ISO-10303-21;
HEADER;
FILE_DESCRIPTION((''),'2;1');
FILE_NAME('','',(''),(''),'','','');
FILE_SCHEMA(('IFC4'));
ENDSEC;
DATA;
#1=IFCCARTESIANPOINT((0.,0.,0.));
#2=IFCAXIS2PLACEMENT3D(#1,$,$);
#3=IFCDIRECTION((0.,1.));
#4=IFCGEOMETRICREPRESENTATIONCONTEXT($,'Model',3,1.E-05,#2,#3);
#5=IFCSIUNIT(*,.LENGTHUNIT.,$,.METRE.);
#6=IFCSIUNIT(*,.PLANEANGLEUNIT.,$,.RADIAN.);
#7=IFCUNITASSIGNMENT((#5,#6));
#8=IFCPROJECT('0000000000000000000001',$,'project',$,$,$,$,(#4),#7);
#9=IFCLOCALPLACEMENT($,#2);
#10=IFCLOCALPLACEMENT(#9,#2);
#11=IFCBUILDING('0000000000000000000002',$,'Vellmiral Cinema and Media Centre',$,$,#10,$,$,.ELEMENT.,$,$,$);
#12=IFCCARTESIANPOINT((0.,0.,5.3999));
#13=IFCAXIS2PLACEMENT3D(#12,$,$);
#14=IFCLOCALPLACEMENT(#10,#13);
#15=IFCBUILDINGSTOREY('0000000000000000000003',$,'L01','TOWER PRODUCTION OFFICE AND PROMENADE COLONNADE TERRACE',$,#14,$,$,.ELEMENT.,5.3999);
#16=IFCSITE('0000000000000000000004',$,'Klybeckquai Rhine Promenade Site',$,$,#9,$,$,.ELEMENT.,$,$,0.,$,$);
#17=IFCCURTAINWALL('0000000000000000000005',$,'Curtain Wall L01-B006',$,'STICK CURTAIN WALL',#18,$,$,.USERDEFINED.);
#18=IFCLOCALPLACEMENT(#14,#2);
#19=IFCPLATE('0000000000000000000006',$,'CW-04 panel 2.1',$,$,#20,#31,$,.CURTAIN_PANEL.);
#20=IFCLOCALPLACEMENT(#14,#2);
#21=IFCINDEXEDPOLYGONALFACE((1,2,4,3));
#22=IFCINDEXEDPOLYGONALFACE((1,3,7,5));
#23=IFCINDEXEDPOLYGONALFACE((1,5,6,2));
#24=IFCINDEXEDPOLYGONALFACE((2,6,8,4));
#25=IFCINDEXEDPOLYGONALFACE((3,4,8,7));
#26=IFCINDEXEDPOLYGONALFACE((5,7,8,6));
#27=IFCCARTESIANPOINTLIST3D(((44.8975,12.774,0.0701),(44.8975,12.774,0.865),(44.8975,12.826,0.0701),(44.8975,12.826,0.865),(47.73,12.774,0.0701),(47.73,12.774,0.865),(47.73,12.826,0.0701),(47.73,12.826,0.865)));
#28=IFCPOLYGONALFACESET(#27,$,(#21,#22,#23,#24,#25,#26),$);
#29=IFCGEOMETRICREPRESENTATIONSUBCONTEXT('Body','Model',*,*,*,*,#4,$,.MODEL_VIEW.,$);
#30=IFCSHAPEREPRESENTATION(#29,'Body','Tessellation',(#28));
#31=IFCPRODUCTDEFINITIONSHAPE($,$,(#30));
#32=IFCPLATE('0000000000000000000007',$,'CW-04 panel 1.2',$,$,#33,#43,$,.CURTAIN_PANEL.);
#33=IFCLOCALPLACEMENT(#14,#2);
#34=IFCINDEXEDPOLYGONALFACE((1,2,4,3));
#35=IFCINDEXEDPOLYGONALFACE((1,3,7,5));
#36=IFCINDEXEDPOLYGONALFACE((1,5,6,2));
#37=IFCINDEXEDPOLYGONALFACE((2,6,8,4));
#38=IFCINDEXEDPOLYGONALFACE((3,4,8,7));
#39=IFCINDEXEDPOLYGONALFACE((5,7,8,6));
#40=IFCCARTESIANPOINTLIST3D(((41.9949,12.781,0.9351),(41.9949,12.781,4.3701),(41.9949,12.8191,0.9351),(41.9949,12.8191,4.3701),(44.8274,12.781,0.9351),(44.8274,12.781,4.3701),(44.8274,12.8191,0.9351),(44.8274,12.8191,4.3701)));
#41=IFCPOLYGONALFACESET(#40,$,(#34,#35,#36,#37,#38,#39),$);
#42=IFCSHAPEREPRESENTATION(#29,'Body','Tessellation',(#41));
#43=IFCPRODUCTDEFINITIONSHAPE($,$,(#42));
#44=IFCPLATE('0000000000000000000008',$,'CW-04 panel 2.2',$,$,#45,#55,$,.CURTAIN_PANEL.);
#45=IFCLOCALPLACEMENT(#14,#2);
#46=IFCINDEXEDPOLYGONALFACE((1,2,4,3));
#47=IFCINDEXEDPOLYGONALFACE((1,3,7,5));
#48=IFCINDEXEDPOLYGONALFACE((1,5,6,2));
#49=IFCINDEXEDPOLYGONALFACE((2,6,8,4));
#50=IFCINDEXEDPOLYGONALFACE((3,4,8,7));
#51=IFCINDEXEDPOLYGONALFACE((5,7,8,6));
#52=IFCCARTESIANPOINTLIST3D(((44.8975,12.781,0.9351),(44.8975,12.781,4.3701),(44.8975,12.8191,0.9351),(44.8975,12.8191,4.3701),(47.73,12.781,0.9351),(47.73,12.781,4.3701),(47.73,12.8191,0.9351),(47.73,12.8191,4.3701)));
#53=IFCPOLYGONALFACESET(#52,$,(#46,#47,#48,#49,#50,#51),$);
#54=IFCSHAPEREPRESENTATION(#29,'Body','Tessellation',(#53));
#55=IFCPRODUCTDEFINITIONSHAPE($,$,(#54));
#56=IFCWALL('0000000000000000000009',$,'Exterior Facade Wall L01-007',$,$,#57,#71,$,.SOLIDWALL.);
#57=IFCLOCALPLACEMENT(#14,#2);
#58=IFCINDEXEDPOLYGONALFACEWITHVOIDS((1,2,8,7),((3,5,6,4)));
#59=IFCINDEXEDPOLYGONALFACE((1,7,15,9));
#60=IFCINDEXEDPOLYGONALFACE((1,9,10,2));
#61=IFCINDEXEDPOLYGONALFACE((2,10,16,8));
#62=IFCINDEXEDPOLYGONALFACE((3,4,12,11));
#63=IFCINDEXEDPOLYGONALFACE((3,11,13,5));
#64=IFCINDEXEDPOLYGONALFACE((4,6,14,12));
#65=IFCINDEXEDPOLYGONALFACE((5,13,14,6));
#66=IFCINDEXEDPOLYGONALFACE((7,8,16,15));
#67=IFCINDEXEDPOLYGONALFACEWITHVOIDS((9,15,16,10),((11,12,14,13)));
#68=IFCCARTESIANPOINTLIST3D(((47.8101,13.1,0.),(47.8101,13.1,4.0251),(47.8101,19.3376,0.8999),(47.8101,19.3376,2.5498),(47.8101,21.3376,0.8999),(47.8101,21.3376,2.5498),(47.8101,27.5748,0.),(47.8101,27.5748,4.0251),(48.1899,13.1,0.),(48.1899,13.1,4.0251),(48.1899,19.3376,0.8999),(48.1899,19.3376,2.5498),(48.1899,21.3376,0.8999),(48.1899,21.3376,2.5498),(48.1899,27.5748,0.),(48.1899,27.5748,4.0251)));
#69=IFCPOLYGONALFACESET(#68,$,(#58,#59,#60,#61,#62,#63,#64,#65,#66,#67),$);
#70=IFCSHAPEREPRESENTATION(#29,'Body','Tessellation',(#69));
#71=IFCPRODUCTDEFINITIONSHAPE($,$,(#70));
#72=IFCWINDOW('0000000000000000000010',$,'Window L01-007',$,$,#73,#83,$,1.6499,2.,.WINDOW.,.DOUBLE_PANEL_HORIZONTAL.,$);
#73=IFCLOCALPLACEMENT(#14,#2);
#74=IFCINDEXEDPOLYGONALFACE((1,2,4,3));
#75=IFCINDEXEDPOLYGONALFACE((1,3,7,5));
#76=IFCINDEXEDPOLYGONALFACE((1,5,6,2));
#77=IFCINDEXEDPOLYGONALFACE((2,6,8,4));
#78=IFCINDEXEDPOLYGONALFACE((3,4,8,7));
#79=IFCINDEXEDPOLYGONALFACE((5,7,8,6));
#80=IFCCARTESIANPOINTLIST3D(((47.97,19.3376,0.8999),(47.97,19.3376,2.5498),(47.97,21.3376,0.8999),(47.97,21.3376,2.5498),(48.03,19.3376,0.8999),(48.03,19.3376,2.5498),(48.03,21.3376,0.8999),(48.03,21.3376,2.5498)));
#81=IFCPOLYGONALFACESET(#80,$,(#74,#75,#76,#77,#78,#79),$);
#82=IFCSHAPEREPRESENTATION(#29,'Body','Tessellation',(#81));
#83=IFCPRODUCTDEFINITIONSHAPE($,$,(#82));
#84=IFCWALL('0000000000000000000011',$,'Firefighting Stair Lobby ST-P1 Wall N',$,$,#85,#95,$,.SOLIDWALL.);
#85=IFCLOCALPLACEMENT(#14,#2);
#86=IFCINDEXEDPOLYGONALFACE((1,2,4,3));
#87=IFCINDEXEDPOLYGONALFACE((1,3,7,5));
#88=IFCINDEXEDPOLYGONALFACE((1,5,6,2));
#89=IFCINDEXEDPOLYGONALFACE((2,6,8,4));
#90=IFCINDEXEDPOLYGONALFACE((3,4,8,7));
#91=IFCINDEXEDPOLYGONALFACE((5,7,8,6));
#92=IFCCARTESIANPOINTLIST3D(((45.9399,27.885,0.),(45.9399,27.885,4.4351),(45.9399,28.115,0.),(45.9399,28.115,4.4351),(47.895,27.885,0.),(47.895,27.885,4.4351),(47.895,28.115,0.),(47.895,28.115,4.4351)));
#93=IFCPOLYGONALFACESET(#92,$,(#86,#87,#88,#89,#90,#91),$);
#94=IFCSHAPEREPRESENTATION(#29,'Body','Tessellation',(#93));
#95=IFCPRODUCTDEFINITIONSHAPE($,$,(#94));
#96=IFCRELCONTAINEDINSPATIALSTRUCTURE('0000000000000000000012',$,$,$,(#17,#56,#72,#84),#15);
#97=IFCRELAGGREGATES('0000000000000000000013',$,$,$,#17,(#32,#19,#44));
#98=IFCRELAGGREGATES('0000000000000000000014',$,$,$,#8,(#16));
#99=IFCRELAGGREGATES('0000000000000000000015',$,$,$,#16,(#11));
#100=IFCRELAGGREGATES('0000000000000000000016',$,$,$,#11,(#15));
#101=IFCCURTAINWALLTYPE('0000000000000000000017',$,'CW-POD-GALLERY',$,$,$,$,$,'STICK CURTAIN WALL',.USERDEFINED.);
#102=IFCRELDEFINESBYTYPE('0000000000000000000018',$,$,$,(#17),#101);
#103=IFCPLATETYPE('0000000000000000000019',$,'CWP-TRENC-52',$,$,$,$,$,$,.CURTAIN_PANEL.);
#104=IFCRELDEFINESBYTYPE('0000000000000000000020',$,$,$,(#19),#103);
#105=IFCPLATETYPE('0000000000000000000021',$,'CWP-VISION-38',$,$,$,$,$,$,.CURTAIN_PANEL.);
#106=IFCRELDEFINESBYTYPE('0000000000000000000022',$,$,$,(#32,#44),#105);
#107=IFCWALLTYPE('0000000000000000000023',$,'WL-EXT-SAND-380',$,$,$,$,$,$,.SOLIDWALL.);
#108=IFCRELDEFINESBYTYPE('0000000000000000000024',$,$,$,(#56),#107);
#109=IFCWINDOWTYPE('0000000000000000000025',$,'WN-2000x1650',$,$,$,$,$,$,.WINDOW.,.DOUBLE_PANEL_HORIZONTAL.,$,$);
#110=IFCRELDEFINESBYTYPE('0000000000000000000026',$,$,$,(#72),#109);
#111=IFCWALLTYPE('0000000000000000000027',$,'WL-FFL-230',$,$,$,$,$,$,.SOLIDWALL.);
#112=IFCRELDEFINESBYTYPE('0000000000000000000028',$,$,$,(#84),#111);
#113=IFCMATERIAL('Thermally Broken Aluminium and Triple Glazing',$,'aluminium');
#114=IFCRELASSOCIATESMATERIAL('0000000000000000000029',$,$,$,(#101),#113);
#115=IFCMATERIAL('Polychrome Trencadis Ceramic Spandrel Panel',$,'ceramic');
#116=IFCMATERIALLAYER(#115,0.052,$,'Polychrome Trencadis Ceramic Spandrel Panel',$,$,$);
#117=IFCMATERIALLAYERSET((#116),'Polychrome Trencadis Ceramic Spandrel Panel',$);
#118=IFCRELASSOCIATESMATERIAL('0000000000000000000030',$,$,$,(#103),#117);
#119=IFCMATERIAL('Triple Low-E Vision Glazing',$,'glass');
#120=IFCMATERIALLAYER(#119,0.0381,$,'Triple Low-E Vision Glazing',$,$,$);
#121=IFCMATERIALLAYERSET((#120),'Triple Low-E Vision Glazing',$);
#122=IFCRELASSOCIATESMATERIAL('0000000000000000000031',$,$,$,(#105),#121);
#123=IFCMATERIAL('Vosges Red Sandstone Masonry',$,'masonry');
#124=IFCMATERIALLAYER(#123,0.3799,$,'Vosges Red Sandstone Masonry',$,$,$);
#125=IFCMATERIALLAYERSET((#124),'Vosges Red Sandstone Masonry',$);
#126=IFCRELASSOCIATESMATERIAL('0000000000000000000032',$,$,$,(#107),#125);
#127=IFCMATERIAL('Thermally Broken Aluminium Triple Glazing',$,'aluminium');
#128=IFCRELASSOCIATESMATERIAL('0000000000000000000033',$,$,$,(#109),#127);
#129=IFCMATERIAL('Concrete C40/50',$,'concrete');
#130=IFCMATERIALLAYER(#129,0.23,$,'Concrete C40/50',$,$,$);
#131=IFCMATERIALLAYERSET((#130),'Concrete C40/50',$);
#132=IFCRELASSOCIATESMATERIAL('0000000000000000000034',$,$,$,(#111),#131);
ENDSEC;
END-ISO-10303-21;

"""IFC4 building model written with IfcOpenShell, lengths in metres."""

from ifc_helpers import new_model, si_unit, direction, frame, frame_2d, origin, origin_2d, place, context, subcontext, project, spatial, rectangle, extrude, material, layer, layer_set, type_object, element, fill, aggregate, save


model = new_model("IFC4")

# Units and contexts
model_context = context("Model", 3, precision=1e-05, world=origin(), true_north=direction((0.0, 1.0)))
body_context = subcontext(model_context, "Body", "Model", "MODEL_VIEW")
ifc_project = project(units=[si_unit("LENGTHUNIT", "METRE"), si_unit("PLANEANGLEUNIT", "RADIAN")], contexts=[model_context])

# Site, building, storey
site_placement = place(None, origin())
site = spatial("IfcSite", under=ifc_project, at=site_placement, Name="Klybeckquai Rhine Promenade Site", CompositionType="ELEMENT", RefElevation=0.0)
building_placement = place(site_placement, origin())
building = spatial("IfcBuilding", under=site, at=building_placement, Name="Vellmiral Cinema and Media Centre", CompositionType="ELEMENT")
storey_placement = place(building_placement, frame((0.0, 0.0, 5.3999)))
storey = spatial("IfcBuildingStorey", under=building, at=storey_placement, Name="L01", Description="TOWER PRODUCTION OFFICE AND PROMENADE COLONNADE TERRACE", CompositionType="ELEMENT", Elevation=5.3999)

# Curtain wall
ifc_material_1 = material(Name="Thermally Broken Aluminium and Triple Glazing", Category="aluminium")
curtain_wall_type = type_object("IfcCurtainWallType", Name="CW-POD-GALLERY", ElementType="STICK CURTAIN WALL", PredefinedType="USERDEFINED", material=ifc_material_1)
curtain_wall_placement = place(storey_placement, origin())
curtain_wall = element("IfcCurtainWall", 1, at=curtain_wall_placement, inside=storey, type_object=curtain_wall_type, Name="Curtain Wall L01-B006", ObjectType="STICK CURTAIN WALL", PredefinedType="USERDEFINED")

# Plates
ifc_material_2 = material(Name="Polychrome Trencadis Ceramic Spandrel Panel", Category="ceramic")
ifc_layer_1 = layer(ifc_material_2, 0.052, Name="Polychrome Trencadis Ceramic Spandrel Panel")
ifc_layer_set_1 = layer_set([ifc_layer_1], Name="Polychrome Trencadis Ceramic Spandrel Panel")
plate_type_1 = type_object("IfcPlateType", Name="CWP-TRENC-52", PredefinedType="CURTAIN_PANEL", material=ifc_layer_set_1)
plate_1_placement = place(storey_placement, frame((46.3137, 12.8, 0.0701), z_axis=(0.0, 0.0, 1.0), x_axis=(1.0, 0.0, 0.0)))
plate_1 = element("IfcPlate", 2, at=plate_1_placement, type_object=plate_type_1, Name="CW-04 panel 2.1", PredefinedType="CURTAIN_PANEL", context=body_context, shape_type="SweptSolid", body=[
    extrude(rectangle(XDim=2.8325, YDim=0.052, at=origin_2d()), origin(), (0.0, 0.0, 1.0), 0.7949),
])
ifc_material_3 = material(Name="Triple Low-E Vision Glazing", Category="glass")
ifc_layer_2 = layer(ifc_material_3, 0.0381, Name="Triple Low-E Vision Glazing")
ifc_layer_set_2 = layer_set([ifc_layer_2], Name="Triple Low-E Vision Glazing")
plate_type_2 = type_object("IfcPlateType", Name="CWP-VISION-38", PredefinedType="CURTAIN_PANEL", material=ifc_layer_set_2)
plate_2_placement = place(storey_placement, frame((43.4111, 12.8, 0.9351), z_axis=(0.0, 0.0, 1.0), x_axis=(1.0, 0.0, 0.0)))
plate_2 = element("IfcPlate", 3, at=plate_2_placement, type_object=plate_type_2, Name="CW-04 panel 1.2", PredefinedType="CURTAIN_PANEL", context=body_context, shape_type="SweptSolid", body=[
    extrude(rectangle(XDim=2.8325, YDim=0.0381, at=origin_2d()), origin(), (0.0, 0.0, 1.0), 3.4351),
])
plate_3_placement = place(storey_placement, frame((46.3137, 12.8, 0.9351), z_axis=(0.0, 0.0, 1.0), x_axis=(1.0, 0.0, 0.0)))
plate_3 = element("IfcPlate", 4, at=plate_3_placement, type_object=plate_type_2, Name="CW-04 panel 2.2", PredefinedType="CURTAIN_PANEL", context=body_context, shape_type="SweptSolid", body=[
    extrude(rectangle(XDim=2.8325, YDim=0.0381, at=origin_2d()), origin(), (0.0, 0.0, 1.0), 3.4351),
])
aggregate(curtain_wall, [plate_2, plate_1, plate_3])

# Wall, opening, window
ifc_material_4 = material(Name="Vosges Red Sandstone Masonry", Category="masonry")
ifc_layer_3 = layer(ifc_material_4, 0.3799, Name="Vosges Red Sandstone Masonry")
ifc_layer_set_3 = layer_set([ifc_layer_3], Name="Vosges Red Sandstone Masonry")
wall_type_1 = type_object("IfcWallType", Name="WL-EXT-SAND-380", PredefinedType="SOLIDWALL", material=ifc_layer_set_3)
wall_1_placement = place(storey_placement, frame((48.0, 13.1001, 0.0), z_axis=(0.0, 0.0, 1.0), x_axis=(0.0, 1.0, 0.0)))
wall_1 = element("IfcWall", 5, at=wall_1_placement, inside=storey, type_object=wall_type_1, Name="Exterior Facade Wall L01-007", PredefinedType="SOLIDWALL", context=body_context, shape_type="SweptSolid", body=[
    extrude(rectangle(XDim=14.4749, YDim=0.3799, at=frame_2d((7.2373, 0.0))), origin(), (0.0, 0.0, 1.0), 4.0251),
])
opening_placement = place(wall_1_placement, frame((6.2375, 0.0, 0.8999)))
opening = element("IfcOpeningElement", 6, at=opening_placement, cuts=wall_1, PredefinedType="OPENING", context=body_context, shape_type="SweptSolid", body=[
    extrude(rectangle(XDim=2.0, YDim=1.6499, at=frame_2d((1.0, 0.825))), frame((0.0, 0.2019, 0.0), z_axis=(0.0, -1.0, 0.0), x_axis=(1.0, 0.0, 0.0)), (0.0, 0.0, 1.0), 0.4038),
])
ifc_material_5 = material(Name="Thermally Broken Aluminium Triple Glazing", Category="aluminium")
window_type = type_object("IfcWindowType", Name="WN-2000x1650", PartitioningType="DOUBLE_PANEL_HORIZONTAL", PredefinedType="WINDOW", material=ifc_material_5)
window_placement = place(opening_placement, origin())
window = element("IfcWindow", 7, at=window_placement, inside=storey, type_object=window_type, Name="Window L01-007", OverallHeight=1.6499, OverallWidth=2.0, PartitioningType="DOUBLE_PANEL_HORIZONTAL", PredefinedType="WINDOW", context=body_context, shape_type="SweptSolid", body=[
    extrude(rectangle(XDim=2.0, YDim=1.6499, at=frame_2d((1.0, 0.825))), frame((0.0, 0.03, 0.0), z_axis=(0.0, -1.0, 0.0), x_axis=(1.0, 0.0, 0.0)), (0.0, 0.0, 1.0), 0.0601),
])
fill(opening, window)

# Wall
ifc_material_6 = material(Name="Concrete C40/50", Category="concrete")
ifc_layer_4 = layer(ifc_material_6, 0.23, Name="Concrete C40/50")
ifc_layer_set_4 = layer_set([ifc_layer_4], Name="Concrete C40/50")
wall_type_2 = type_object("IfcWallType", Name="WL-FFL-230", PredefinedType="SOLIDWALL", material=ifc_layer_set_4)
wall_2_placement = place(storey_placement, frame((45.9399, 28.0, 0.0), z_axis=(0.0, 0.0, 1.0), x_axis=(1.0, 0.0, 0.0)))
element("IfcWall", 8, at=wall_2_placement, inside=storey, type_object=wall_type_2, Name="Firefighting Stair Lobby ST-P1 Wall N", PredefinedType="SOLIDWALL", context=body_context, shape_type="SweptSolid", body=[
    extrude(rectangle(XDim=1.9551, YDim=0.23, at=frame_2d((0.9775, 0.0))), origin(), (0.0, 0.0, 1.0), 4.4351),
])

save(model, "model.ifc")
